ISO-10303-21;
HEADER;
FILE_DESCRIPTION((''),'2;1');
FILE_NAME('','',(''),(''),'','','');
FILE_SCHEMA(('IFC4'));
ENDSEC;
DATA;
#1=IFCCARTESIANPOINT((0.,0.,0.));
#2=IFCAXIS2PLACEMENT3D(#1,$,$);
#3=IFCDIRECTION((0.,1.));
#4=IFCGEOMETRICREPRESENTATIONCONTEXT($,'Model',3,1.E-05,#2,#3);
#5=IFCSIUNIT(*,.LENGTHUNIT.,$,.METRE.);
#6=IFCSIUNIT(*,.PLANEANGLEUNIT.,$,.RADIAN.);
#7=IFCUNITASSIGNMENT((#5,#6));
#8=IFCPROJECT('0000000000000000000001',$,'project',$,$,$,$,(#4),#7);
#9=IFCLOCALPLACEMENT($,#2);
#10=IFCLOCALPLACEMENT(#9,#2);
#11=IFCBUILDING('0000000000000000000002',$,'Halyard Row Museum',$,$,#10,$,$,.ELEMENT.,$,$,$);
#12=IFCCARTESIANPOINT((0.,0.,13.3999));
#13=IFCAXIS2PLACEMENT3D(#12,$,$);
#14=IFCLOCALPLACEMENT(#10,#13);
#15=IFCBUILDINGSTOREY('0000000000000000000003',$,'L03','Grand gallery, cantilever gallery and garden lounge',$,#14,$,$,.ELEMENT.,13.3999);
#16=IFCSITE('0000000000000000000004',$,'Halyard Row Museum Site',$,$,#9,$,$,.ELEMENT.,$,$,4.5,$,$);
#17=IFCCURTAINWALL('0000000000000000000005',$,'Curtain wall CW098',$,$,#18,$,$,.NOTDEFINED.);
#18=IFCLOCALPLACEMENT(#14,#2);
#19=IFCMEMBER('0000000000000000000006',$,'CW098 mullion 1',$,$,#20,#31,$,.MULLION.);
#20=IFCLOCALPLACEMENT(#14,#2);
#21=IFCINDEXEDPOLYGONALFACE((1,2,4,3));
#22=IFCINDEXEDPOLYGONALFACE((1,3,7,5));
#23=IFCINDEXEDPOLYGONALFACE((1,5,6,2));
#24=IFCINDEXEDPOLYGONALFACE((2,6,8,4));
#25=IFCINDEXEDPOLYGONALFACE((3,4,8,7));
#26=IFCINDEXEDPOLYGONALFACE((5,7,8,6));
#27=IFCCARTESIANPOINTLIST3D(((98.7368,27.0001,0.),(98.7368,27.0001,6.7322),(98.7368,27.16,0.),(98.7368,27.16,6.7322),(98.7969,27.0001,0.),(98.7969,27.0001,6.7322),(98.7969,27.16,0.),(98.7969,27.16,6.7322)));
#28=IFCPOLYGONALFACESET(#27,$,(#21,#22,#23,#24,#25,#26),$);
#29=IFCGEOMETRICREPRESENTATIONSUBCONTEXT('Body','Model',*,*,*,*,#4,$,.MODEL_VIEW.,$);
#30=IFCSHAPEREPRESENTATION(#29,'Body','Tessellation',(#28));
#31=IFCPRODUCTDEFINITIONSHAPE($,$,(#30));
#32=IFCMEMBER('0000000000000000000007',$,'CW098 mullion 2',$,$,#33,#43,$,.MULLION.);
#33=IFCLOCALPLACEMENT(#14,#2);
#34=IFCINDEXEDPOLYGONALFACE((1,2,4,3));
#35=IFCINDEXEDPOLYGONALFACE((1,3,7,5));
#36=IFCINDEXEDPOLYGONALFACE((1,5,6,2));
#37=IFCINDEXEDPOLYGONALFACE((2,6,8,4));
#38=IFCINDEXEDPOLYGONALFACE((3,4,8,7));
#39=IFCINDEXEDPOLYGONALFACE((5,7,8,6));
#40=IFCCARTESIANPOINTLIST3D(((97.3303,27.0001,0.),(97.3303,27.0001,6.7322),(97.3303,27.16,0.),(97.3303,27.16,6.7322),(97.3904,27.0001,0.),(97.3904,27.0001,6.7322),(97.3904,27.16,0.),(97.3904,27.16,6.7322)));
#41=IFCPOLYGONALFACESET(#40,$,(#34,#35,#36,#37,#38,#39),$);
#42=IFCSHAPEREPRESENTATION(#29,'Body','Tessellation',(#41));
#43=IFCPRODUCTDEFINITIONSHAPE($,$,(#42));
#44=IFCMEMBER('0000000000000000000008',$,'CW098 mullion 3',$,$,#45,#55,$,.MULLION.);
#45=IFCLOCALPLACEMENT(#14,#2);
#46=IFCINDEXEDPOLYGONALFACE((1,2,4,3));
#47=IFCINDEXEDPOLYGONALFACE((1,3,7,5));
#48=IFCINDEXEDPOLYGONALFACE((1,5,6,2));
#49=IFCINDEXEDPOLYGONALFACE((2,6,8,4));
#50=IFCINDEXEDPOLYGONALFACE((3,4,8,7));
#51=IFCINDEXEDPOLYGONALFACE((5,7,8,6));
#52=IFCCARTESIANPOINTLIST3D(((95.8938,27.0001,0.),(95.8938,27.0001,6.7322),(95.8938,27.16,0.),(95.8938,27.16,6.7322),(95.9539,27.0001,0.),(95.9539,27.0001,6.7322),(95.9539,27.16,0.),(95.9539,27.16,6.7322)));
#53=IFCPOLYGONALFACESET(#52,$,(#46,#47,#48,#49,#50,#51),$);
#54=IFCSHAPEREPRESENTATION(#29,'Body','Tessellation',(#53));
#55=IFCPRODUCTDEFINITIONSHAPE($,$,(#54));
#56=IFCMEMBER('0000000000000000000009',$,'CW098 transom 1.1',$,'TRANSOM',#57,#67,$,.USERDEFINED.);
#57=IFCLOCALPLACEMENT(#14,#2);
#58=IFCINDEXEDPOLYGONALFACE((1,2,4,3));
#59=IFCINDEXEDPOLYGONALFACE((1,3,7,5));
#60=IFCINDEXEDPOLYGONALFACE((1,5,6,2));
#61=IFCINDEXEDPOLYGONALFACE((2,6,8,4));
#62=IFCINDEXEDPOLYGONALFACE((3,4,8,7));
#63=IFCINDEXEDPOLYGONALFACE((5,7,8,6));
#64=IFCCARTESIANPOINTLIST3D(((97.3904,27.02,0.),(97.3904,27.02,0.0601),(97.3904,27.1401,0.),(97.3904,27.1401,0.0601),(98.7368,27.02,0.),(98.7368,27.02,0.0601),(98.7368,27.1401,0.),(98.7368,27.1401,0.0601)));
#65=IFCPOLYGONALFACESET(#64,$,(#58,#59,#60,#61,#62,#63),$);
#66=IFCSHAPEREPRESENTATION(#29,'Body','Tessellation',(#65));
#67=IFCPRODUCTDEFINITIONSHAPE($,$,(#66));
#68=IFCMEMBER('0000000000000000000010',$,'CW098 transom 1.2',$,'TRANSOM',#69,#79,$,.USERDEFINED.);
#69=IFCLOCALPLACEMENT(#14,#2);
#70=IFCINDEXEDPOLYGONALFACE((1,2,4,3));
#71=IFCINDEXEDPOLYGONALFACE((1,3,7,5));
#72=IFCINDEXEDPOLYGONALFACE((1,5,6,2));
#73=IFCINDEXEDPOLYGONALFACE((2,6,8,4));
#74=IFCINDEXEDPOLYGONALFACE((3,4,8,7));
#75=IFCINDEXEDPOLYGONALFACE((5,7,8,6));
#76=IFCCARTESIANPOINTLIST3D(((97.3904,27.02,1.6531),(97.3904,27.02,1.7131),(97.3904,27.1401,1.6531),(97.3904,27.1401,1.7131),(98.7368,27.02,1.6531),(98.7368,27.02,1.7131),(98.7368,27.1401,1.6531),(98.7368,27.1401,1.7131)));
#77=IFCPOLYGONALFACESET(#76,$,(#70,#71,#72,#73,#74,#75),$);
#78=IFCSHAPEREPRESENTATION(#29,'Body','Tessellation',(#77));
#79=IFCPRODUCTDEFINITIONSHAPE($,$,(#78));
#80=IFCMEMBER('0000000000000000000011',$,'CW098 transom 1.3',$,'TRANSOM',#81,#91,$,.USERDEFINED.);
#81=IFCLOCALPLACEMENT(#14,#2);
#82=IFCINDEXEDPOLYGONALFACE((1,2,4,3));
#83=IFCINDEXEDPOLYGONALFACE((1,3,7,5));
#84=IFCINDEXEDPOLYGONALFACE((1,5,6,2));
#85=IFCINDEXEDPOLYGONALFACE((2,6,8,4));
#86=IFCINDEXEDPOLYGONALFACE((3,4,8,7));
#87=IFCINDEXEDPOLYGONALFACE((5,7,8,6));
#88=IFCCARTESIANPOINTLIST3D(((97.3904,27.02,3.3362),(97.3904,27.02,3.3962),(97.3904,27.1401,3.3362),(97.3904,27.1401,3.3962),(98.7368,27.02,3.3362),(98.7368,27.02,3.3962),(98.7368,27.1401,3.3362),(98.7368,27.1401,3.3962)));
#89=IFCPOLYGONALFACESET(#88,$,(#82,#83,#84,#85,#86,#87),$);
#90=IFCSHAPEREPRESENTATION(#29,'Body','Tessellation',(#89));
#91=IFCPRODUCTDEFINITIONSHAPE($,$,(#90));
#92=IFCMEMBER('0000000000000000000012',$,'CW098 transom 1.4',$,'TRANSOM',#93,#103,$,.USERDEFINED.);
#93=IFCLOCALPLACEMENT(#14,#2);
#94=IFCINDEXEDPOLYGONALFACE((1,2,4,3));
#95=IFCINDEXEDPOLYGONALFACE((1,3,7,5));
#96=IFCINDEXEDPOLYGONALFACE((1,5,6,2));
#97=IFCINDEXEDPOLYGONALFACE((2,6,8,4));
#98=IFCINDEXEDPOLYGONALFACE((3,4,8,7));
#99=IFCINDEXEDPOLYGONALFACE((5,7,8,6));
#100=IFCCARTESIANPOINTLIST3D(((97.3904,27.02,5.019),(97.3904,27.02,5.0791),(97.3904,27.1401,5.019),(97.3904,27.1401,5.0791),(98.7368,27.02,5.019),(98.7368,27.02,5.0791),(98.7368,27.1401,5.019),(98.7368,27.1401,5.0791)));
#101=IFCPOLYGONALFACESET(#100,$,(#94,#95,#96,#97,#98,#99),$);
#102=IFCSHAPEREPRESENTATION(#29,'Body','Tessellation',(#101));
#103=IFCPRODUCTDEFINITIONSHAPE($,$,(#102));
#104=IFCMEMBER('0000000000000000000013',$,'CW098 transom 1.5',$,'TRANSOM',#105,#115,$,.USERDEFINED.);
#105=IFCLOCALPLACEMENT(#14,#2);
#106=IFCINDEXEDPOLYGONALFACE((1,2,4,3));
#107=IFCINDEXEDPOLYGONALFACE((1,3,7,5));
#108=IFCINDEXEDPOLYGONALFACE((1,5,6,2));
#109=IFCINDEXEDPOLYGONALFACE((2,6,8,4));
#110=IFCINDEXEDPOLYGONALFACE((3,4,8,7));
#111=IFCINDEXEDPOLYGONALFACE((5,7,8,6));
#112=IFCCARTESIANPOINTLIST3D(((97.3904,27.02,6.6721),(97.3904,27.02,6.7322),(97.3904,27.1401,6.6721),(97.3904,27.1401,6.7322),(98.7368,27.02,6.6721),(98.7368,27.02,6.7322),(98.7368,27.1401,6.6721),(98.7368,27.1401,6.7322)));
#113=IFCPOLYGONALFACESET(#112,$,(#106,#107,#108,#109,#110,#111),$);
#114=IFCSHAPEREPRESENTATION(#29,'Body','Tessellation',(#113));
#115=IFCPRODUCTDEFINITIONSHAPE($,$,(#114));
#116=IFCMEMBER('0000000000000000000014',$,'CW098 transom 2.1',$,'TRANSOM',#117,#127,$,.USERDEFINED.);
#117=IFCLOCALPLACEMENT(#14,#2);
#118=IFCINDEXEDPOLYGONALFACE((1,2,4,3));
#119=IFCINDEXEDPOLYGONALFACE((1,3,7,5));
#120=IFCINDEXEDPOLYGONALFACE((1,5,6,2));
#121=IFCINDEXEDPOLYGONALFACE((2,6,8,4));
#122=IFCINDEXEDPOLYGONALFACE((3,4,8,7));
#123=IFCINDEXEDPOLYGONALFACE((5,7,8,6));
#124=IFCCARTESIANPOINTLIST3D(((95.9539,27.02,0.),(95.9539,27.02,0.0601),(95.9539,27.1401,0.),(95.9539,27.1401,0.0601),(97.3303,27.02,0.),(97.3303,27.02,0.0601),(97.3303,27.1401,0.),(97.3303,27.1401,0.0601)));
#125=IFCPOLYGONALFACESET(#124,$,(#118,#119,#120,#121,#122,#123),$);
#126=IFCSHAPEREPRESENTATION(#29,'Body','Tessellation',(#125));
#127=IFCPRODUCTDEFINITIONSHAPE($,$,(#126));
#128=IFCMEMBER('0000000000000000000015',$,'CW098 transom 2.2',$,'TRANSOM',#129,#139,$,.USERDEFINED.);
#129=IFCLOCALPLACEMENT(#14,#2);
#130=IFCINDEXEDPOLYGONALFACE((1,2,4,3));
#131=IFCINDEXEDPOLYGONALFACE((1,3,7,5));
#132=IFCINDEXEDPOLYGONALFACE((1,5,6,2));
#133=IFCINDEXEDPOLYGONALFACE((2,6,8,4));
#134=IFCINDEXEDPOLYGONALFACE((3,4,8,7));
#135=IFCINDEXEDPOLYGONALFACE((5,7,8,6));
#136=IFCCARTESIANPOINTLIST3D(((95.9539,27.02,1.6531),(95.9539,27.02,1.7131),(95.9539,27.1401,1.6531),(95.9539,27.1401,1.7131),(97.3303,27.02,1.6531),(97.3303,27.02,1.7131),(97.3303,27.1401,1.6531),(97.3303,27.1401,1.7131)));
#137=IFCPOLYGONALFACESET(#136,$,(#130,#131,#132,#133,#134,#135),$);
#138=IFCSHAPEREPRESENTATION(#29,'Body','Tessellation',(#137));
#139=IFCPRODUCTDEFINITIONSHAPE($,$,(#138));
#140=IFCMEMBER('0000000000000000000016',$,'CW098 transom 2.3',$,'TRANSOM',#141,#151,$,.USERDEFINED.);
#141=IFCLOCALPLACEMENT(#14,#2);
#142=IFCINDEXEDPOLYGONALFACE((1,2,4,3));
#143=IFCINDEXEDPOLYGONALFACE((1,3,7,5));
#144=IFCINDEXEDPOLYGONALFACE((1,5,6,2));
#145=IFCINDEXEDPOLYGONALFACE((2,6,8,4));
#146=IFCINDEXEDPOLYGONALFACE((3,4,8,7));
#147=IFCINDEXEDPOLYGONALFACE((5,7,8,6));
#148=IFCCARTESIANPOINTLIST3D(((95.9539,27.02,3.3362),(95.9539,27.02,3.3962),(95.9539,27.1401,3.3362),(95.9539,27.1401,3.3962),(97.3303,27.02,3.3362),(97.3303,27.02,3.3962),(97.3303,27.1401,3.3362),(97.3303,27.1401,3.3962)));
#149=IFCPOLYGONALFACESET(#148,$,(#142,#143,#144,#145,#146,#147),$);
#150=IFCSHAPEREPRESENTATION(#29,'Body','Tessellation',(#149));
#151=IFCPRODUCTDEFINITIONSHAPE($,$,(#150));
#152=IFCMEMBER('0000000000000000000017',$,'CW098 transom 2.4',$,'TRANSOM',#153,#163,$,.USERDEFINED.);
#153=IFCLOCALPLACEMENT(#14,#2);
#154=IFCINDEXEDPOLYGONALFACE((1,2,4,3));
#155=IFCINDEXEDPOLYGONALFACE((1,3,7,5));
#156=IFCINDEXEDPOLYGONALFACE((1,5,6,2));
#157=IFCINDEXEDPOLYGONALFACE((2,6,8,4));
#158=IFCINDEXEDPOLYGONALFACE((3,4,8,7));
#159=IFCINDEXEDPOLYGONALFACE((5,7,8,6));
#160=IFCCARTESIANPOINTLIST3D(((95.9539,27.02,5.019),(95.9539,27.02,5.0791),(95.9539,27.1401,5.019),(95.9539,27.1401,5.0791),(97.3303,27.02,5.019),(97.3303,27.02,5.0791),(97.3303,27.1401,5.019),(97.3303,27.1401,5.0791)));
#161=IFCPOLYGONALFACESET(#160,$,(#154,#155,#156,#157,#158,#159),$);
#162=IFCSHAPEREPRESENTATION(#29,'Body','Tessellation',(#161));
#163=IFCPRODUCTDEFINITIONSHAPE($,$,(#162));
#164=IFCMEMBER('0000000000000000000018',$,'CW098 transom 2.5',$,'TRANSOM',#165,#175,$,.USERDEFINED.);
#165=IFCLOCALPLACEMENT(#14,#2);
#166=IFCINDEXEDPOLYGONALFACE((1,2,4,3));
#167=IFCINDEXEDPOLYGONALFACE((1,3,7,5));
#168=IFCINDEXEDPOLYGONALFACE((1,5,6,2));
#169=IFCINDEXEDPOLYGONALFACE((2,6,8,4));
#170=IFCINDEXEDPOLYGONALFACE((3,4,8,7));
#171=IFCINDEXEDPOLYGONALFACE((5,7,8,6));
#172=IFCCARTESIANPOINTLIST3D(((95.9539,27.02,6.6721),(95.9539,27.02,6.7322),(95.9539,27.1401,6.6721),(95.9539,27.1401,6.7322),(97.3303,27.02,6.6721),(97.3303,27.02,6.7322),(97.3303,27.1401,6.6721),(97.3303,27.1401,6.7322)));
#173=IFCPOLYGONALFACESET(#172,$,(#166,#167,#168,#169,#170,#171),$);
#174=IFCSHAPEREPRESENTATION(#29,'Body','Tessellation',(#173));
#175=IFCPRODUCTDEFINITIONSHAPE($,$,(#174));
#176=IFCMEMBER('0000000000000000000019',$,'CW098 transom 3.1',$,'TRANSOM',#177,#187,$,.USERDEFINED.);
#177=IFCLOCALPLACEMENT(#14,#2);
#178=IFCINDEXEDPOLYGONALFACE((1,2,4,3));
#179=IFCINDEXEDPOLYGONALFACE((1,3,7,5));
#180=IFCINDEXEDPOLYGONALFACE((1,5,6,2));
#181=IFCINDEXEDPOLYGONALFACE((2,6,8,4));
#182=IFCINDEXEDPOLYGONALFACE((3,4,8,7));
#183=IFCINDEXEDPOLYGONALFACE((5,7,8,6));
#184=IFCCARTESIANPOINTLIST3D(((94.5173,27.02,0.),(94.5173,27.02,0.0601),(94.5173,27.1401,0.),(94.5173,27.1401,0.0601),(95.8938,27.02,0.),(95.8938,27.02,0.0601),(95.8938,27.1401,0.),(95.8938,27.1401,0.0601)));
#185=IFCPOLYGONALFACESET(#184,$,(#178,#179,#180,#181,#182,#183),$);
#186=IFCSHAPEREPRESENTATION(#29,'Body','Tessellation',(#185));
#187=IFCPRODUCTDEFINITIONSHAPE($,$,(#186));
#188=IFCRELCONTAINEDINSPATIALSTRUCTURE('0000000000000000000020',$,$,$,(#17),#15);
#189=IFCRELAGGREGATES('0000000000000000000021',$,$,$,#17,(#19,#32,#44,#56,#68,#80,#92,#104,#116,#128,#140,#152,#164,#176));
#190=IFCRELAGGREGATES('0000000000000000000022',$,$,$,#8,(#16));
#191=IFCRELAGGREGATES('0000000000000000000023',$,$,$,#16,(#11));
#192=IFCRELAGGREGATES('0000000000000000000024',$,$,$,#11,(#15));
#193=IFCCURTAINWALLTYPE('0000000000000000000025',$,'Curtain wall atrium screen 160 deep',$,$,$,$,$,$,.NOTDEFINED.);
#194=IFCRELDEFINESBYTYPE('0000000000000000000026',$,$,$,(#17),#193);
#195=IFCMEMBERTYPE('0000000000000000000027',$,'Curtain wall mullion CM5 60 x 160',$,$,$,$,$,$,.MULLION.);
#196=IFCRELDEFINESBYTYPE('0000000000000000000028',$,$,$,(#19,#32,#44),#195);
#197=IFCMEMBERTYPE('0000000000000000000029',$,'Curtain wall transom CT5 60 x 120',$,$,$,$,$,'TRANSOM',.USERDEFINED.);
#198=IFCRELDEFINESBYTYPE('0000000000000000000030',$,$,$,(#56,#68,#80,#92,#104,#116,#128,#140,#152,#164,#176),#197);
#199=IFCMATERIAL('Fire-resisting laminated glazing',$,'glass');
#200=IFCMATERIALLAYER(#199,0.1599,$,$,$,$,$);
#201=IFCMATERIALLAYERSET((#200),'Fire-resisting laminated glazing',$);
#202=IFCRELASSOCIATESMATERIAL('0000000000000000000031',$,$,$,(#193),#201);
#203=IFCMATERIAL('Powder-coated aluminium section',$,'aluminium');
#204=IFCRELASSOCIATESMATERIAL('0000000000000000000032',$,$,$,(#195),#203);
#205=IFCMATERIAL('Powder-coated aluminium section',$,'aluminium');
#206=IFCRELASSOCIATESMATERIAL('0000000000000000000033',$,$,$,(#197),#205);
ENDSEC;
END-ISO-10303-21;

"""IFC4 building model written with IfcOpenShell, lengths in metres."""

from ifc_helpers import new_model, si_unit, direction, frame, origin, origin_2d, place, context, subcontext, project, spatial, rectangle, extrude, material, layer, layer_set, material_profile, profile_set, type_object, element, aggregate, save


model = new_model("IFC4")

# Units and contexts
model_context = context("Model", 3, precision=1e-05, world=origin(), true_north=direction((0.0, 1.0)))
body_context = subcontext(model_context, "Body", "Model", "MODEL_VIEW")
ifc_project = project(units=[si_unit("LENGTHUNIT", "METRE"), si_unit("PLANEANGLEUNIT", "RADIAN")], contexts=[model_context])

# Site, building, storey
site_placement = place(None, origin())
site = spatial("IfcSite", under=ifc_project, at=site_placement, Name="Halyard Row Museum Site", CompositionType="ELEMENT", RefElevation=4.5)
building_placement = place(site_placement, origin())
building = spatial("IfcBuilding", under=site, at=building_placement, Name="Halyard Row Museum", CompositionType="ELEMENT")
storey_placement = place(building_placement, frame((0.0, 0.0, 13.3999)))
storey = spatial("IfcBuildingStorey", under=building, at=storey_placement, Name="L03", Description="Grand gallery, cantilever gallery and garden lounge", CompositionType="ELEMENT", Elevation=13.3999)

# Curtain wall, members
ifc_material_1 = material(Name="Fire-resisting laminated glazing", Category="glass")
ifc_layer_1 = layer(ifc_material_1, 0.1599)
ifc_layer_set_1 = layer_set([ifc_layer_1], Name="Fire-resisting laminated glazing")
curtain_wall_type = type_object("IfcCurtainWallType", Name="Curtain wall atrium screen 160 deep", PredefinedType="NOTDEFINED", material=ifc_layer_set_1)
curtain_wall_placement = place(storey_placement, origin())
curtain_wall = element("IfcCurtainWall", 1, at=curtain_wall_placement, inside=storey, type_object=curtain_wall_type, Name="Curtain wall CW098", PredefinedType="NOTDEFINED")
ifc_material_2 = material(Name="Powder-coated aluminium section", Category="aluminium")
ifc_material_profile_1 = material_profile(ifc_material_2, rectangle(XDim=0.1599, YDim=0.0601, at=origin_2d()), Name="160x60 mullion")
ifc_profile_set_1 = profile_set([ifc_material_profile_1], Name="Powder-coated aluminium section")
member_type_1 = type_object("IfcMemberType", Name="Curtain wall mullion CM5 60 x 160", PredefinedType="MULLION", material=ifc_profile_set_1)
member_1_placement = place(storey_placement, frame((98.7668, 27.0801, 0.0), z_axis=(0.0, 0.0, 1.0), x_axis=(0.0, -1.0, 0.0)))
member_1 = element("IfcMember", 2, at=member_1_placement, type_object=member_type_1, Name="CW098 mullion 1", PredefinedType="MULLION", context=body_context, shape_type="SweptSolid", body=[
    extrude(rectangle(XDim=0.1599, YDim=0.0601, at=origin_2d()), origin(), (0.0, 0.0, 1.0), 6.7322),
])
member_2_placement = place(storey_placement, frame((97.3604, 27.0801, 0.0), z_axis=(0.0, 0.0, 1.0), x_axis=(0.0, -1.0, 0.0)))
member_2 = element("IfcMember", 3, at=member_2_placement, type_object=member_type_1, Name="CW098 mullion 2", PredefinedType="MULLION", context=body_context, shape_type="SweptSolid", body=[
    extrude(rectangle(XDim=0.1599, YDim=0.0601, at=origin_2d()), origin(), (0.0, 0.0, 1.0), 6.7322),
])
member_3_placement = place(storey_placement, frame((95.9238, 27.0801, 0.0), z_axis=(0.0, 0.0, 1.0), x_axis=(0.0, -1.0, 0.0)))
member_3 = element("IfcMember", 4, at=member_3_placement, type_object=member_type_1, Name="CW098 mullion 3", PredefinedType="MULLION", context=body_context, shape_type="SweptSolid", body=[
    extrude(rectangle(XDim=0.1599, YDim=0.0601, at=origin_2d()), origin(), (0.0, 0.0, 1.0), 6.7322),
])
ifc_material_3 = material(Name="Powder-coated aluminium section", Category="aluminium")
ifc_material_profile_2 = material_profile(ifc_material_3, rectangle(XDim=0.1201, YDim=0.0601, at=origin_2d()), Name="120x60 transom")
ifc_profile_set_2 = profile_set([ifc_material_profile_2], Name="Powder-coated aluminium section")
member_type_2 = type_object("IfcMemberType", Name="Curtain wall transom CT5 60 x 120", ElementType="TRANSOM", PredefinedType="USERDEFINED", material=ifc_profile_set_2)
member_4_placement = place(storey_placement, frame((98.7368, 27.0801, 0.03), z_axis=(-1.0, 0.0, 0.0), x_axis=(0.0, -1.0, 0.0)))
member_4 = element("IfcMember", 5, at=member_4_placement, type_object=member_type_2, Name="CW098 transom 1.1", ObjectType="TRANSOM", PredefinedType="USERDEFINED", context=body_context, shape_type="SweptSolid", body=[
    extrude(rectangle(XDim=0.1201, YDim=0.0601, at=origin_2d()), origin(), (0.0, 0.0, 1.0), 1.3464),
])
member_5_placement = place(storey_placement, frame((98.7368, 27.0801, 1.6831), z_axis=(-1.0, 0.0, 0.0), x_axis=(0.0, -1.0, 0.0)))
member_5 = element("IfcMember", 6, at=member_5_placement, type_object=member_type_2, Name="CW098 transom 1.2", ObjectType="TRANSOM", PredefinedType="USERDEFINED", context=body_context, shape_type="SweptSolid", body=[
    extrude(rectangle(XDim=0.1201, YDim=0.0601, at=origin_2d()), origin(), (0.0, 0.0, 1.0), 1.3464),
])
member_6_placement = place(storey_placement, frame((98.7368, 27.0801, 3.3662), z_axis=(-1.0, 0.0, 0.0), x_axis=(0.0, -1.0, 0.0)))
member_6 = element("IfcMember", 7, at=member_6_placement, type_object=member_type_2, Name="CW098 transom 1.3", ObjectType="TRANSOM", PredefinedType="USERDEFINED", context=body_context, shape_type="SweptSolid", body=[
    extrude(rectangle(XDim=0.1201, YDim=0.0601, at=origin_2d()), origin(), (0.0, 0.0, 1.0), 1.3464),
])
member_7_placement = place(storey_placement, frame((98.7368, 27.0801, 5.0491), z_axis=(-1.0, 0.0, 0.0), x_axis=(0.0, -1.0, 0.0)))
member_7 = element("IfcMember", 8, at=member_7_placement, type_object=member_type_2, Name="CW098 transom 1.4", ObjectType="TRANSOM", PredefinedType="USERDEFINED", context=body_context, shape_type="SweptSolid", body=[
    extrude(rectangle(XDim=0.1201, YDim=0.0601, at=origin_2d()), origin(), (0.0, 0.0, 1.0), 1.3464),
])
member_8_placement = place(storey_placement, frame((98.7368, 27.0801, 6.7021), z_axis=(-1.0, 0.0, 0.0), x_axis=(0.0, -1.0, 0.0)))
member_8 = element("IfcMember", 9, at=member_8_placement, type_object=member_type_2, Name="CW098 transom 1.5", ObjectType="TRANSOM", PredefinedType="USERDEFINED", context=body_context, shape_type="SweptSolid", body=[
    extrude(rectangle(XDim=0.1201, YDim=0.0601, at=origin_2d()), origin(), (0.0, 0.0, 1.0), 1.3464),
])
member_9_placement = place(storey_placement, frame((97.3303, 27.0801, 0.03), z_axis=(-1.0, 0.0, 0.0), x_axis=(0.0, -1.0, 0.0)))
member_9 = element("IfcMember", 10, at=member_9_placement, type_object=member_type_2, Name="CW098 transom 2.1", ObjectType="TRANSOM", PredefinedType="USERDEFINED", context=body_context, shape_type="SweptSolid", body=[
    extrude(rectangle(XDim=0.1201, YDim=0.0601, at=origin_2d()), origin(), (0.0, 0.0, 1.0), 1.3765),
])
member_10_placement = place(storey_placement, frame((97.3303, 27.0801, 1.6831), z_axis=(-1.0, 0.0, 0.0), x_axis=(0.0, -1.0, 0.0)))
member_10 = element("IfcMember", 11, at=member_10_placement, type_object=member_type_2, Name="CW098 transom 2.2", ObjectType="TRANSOM", PredefinedType="USERDEFINED", context=body_context, shape_type="SweptSolid", body=[
    extrude(rectangle(XDim=0.1201, YDim=0.0601, at=origin_2d()), origin(), (0.0, 0.0, 1.0), 1.3765),
])
member_11_placement = place(storey_placement, frame((97.3303, 27.0801, 3.3662), z_axis=(-1.0, 0.0, 0.0), x_axis=(0.0, -1.0, 0.0)))
member_11 = element("IfcMember", 12, at=member_11_placement, type_object=member_type_2, Name="CW098 transom 2.3", ObjectType="TRANSOM", PredefinedType="USERDEFINED", context=body_context, shape_type="SweptSolid", body=[
    extrude(rectangle(XDim=0.1201, YDim=0.0601, at=origin_2d()), origin(), (0.0, 0.0, 1.0), 1.3765),
])
member_12_placement = place(storey_placement, frame((97.3303, 27.0801, 5.0491), z_axis=(-1.0, 0.0, 0.0), x_axis=(0.0, -1.0, 0.0)))
member_12 = element("IfcMember", 13, at=member_12_placement, type_object=member_type_2, Name="CW098 transom 2.4", ObjectType="TRANSOM", PredefinedType="USERDEFINED", context=body_context, shape_type="SweptSolid", body=[
    extrude(rectangle(XDim=0.1201, YDim=0.0601, at=origin_2d()), origin(), (0.0, 0.0, 1.0), 1.3765),
])
member_13_placement = place(storey_placement, frame((97.3303, 27.0801, 6.7021), z_axis=(-1.0, 0.0, 0.0), x_axis=(0.0, -1.0, 0.0)))
member_13 = element("IfcMember", 14, at=member_13_placement, type_object=member_type_2, Name="CW098 transom 2.5", ObjectType="TRANSOM", PredefinedType="USERDEFINED", context=body_context, shape_type="SweptSolid", body=[
    extrude(rectangle(XDim=0.1201, YDim=0.0601, at=origin_2d()), origin(), (0.0, 0.0, 1.0), 1.3765),
])
member_14_placement = place(storey_placement, frame((95.8938, 27.0801, 0.03), z_axis=(-1.0, 0.0, 0.0), x_axis=(0.0, -1.0, 0.0)))
member_14 = element("IfcMember", 15, at=member_14_placement, type_object=member_type_2, Name="CW098 transom 3.1", ObjectType="TRANSOM", PredefinedType="USERDEFINED", context=body_context, shape_type="SweptSolid", body=[
    extrude(rectangle(XDim=0.1201, YDim=0.0601, at=origin_2d()), origin(), (0.0, 0.0, 1.0), 1.3765),
])

aggregate(curtain_wall, [member_1, member_2, member_3, member_4, member_5, member_6, member_7, member_8, member_9, member_10, member_11, member_12, member_13, member_14])

save(model, "model.ifc")
